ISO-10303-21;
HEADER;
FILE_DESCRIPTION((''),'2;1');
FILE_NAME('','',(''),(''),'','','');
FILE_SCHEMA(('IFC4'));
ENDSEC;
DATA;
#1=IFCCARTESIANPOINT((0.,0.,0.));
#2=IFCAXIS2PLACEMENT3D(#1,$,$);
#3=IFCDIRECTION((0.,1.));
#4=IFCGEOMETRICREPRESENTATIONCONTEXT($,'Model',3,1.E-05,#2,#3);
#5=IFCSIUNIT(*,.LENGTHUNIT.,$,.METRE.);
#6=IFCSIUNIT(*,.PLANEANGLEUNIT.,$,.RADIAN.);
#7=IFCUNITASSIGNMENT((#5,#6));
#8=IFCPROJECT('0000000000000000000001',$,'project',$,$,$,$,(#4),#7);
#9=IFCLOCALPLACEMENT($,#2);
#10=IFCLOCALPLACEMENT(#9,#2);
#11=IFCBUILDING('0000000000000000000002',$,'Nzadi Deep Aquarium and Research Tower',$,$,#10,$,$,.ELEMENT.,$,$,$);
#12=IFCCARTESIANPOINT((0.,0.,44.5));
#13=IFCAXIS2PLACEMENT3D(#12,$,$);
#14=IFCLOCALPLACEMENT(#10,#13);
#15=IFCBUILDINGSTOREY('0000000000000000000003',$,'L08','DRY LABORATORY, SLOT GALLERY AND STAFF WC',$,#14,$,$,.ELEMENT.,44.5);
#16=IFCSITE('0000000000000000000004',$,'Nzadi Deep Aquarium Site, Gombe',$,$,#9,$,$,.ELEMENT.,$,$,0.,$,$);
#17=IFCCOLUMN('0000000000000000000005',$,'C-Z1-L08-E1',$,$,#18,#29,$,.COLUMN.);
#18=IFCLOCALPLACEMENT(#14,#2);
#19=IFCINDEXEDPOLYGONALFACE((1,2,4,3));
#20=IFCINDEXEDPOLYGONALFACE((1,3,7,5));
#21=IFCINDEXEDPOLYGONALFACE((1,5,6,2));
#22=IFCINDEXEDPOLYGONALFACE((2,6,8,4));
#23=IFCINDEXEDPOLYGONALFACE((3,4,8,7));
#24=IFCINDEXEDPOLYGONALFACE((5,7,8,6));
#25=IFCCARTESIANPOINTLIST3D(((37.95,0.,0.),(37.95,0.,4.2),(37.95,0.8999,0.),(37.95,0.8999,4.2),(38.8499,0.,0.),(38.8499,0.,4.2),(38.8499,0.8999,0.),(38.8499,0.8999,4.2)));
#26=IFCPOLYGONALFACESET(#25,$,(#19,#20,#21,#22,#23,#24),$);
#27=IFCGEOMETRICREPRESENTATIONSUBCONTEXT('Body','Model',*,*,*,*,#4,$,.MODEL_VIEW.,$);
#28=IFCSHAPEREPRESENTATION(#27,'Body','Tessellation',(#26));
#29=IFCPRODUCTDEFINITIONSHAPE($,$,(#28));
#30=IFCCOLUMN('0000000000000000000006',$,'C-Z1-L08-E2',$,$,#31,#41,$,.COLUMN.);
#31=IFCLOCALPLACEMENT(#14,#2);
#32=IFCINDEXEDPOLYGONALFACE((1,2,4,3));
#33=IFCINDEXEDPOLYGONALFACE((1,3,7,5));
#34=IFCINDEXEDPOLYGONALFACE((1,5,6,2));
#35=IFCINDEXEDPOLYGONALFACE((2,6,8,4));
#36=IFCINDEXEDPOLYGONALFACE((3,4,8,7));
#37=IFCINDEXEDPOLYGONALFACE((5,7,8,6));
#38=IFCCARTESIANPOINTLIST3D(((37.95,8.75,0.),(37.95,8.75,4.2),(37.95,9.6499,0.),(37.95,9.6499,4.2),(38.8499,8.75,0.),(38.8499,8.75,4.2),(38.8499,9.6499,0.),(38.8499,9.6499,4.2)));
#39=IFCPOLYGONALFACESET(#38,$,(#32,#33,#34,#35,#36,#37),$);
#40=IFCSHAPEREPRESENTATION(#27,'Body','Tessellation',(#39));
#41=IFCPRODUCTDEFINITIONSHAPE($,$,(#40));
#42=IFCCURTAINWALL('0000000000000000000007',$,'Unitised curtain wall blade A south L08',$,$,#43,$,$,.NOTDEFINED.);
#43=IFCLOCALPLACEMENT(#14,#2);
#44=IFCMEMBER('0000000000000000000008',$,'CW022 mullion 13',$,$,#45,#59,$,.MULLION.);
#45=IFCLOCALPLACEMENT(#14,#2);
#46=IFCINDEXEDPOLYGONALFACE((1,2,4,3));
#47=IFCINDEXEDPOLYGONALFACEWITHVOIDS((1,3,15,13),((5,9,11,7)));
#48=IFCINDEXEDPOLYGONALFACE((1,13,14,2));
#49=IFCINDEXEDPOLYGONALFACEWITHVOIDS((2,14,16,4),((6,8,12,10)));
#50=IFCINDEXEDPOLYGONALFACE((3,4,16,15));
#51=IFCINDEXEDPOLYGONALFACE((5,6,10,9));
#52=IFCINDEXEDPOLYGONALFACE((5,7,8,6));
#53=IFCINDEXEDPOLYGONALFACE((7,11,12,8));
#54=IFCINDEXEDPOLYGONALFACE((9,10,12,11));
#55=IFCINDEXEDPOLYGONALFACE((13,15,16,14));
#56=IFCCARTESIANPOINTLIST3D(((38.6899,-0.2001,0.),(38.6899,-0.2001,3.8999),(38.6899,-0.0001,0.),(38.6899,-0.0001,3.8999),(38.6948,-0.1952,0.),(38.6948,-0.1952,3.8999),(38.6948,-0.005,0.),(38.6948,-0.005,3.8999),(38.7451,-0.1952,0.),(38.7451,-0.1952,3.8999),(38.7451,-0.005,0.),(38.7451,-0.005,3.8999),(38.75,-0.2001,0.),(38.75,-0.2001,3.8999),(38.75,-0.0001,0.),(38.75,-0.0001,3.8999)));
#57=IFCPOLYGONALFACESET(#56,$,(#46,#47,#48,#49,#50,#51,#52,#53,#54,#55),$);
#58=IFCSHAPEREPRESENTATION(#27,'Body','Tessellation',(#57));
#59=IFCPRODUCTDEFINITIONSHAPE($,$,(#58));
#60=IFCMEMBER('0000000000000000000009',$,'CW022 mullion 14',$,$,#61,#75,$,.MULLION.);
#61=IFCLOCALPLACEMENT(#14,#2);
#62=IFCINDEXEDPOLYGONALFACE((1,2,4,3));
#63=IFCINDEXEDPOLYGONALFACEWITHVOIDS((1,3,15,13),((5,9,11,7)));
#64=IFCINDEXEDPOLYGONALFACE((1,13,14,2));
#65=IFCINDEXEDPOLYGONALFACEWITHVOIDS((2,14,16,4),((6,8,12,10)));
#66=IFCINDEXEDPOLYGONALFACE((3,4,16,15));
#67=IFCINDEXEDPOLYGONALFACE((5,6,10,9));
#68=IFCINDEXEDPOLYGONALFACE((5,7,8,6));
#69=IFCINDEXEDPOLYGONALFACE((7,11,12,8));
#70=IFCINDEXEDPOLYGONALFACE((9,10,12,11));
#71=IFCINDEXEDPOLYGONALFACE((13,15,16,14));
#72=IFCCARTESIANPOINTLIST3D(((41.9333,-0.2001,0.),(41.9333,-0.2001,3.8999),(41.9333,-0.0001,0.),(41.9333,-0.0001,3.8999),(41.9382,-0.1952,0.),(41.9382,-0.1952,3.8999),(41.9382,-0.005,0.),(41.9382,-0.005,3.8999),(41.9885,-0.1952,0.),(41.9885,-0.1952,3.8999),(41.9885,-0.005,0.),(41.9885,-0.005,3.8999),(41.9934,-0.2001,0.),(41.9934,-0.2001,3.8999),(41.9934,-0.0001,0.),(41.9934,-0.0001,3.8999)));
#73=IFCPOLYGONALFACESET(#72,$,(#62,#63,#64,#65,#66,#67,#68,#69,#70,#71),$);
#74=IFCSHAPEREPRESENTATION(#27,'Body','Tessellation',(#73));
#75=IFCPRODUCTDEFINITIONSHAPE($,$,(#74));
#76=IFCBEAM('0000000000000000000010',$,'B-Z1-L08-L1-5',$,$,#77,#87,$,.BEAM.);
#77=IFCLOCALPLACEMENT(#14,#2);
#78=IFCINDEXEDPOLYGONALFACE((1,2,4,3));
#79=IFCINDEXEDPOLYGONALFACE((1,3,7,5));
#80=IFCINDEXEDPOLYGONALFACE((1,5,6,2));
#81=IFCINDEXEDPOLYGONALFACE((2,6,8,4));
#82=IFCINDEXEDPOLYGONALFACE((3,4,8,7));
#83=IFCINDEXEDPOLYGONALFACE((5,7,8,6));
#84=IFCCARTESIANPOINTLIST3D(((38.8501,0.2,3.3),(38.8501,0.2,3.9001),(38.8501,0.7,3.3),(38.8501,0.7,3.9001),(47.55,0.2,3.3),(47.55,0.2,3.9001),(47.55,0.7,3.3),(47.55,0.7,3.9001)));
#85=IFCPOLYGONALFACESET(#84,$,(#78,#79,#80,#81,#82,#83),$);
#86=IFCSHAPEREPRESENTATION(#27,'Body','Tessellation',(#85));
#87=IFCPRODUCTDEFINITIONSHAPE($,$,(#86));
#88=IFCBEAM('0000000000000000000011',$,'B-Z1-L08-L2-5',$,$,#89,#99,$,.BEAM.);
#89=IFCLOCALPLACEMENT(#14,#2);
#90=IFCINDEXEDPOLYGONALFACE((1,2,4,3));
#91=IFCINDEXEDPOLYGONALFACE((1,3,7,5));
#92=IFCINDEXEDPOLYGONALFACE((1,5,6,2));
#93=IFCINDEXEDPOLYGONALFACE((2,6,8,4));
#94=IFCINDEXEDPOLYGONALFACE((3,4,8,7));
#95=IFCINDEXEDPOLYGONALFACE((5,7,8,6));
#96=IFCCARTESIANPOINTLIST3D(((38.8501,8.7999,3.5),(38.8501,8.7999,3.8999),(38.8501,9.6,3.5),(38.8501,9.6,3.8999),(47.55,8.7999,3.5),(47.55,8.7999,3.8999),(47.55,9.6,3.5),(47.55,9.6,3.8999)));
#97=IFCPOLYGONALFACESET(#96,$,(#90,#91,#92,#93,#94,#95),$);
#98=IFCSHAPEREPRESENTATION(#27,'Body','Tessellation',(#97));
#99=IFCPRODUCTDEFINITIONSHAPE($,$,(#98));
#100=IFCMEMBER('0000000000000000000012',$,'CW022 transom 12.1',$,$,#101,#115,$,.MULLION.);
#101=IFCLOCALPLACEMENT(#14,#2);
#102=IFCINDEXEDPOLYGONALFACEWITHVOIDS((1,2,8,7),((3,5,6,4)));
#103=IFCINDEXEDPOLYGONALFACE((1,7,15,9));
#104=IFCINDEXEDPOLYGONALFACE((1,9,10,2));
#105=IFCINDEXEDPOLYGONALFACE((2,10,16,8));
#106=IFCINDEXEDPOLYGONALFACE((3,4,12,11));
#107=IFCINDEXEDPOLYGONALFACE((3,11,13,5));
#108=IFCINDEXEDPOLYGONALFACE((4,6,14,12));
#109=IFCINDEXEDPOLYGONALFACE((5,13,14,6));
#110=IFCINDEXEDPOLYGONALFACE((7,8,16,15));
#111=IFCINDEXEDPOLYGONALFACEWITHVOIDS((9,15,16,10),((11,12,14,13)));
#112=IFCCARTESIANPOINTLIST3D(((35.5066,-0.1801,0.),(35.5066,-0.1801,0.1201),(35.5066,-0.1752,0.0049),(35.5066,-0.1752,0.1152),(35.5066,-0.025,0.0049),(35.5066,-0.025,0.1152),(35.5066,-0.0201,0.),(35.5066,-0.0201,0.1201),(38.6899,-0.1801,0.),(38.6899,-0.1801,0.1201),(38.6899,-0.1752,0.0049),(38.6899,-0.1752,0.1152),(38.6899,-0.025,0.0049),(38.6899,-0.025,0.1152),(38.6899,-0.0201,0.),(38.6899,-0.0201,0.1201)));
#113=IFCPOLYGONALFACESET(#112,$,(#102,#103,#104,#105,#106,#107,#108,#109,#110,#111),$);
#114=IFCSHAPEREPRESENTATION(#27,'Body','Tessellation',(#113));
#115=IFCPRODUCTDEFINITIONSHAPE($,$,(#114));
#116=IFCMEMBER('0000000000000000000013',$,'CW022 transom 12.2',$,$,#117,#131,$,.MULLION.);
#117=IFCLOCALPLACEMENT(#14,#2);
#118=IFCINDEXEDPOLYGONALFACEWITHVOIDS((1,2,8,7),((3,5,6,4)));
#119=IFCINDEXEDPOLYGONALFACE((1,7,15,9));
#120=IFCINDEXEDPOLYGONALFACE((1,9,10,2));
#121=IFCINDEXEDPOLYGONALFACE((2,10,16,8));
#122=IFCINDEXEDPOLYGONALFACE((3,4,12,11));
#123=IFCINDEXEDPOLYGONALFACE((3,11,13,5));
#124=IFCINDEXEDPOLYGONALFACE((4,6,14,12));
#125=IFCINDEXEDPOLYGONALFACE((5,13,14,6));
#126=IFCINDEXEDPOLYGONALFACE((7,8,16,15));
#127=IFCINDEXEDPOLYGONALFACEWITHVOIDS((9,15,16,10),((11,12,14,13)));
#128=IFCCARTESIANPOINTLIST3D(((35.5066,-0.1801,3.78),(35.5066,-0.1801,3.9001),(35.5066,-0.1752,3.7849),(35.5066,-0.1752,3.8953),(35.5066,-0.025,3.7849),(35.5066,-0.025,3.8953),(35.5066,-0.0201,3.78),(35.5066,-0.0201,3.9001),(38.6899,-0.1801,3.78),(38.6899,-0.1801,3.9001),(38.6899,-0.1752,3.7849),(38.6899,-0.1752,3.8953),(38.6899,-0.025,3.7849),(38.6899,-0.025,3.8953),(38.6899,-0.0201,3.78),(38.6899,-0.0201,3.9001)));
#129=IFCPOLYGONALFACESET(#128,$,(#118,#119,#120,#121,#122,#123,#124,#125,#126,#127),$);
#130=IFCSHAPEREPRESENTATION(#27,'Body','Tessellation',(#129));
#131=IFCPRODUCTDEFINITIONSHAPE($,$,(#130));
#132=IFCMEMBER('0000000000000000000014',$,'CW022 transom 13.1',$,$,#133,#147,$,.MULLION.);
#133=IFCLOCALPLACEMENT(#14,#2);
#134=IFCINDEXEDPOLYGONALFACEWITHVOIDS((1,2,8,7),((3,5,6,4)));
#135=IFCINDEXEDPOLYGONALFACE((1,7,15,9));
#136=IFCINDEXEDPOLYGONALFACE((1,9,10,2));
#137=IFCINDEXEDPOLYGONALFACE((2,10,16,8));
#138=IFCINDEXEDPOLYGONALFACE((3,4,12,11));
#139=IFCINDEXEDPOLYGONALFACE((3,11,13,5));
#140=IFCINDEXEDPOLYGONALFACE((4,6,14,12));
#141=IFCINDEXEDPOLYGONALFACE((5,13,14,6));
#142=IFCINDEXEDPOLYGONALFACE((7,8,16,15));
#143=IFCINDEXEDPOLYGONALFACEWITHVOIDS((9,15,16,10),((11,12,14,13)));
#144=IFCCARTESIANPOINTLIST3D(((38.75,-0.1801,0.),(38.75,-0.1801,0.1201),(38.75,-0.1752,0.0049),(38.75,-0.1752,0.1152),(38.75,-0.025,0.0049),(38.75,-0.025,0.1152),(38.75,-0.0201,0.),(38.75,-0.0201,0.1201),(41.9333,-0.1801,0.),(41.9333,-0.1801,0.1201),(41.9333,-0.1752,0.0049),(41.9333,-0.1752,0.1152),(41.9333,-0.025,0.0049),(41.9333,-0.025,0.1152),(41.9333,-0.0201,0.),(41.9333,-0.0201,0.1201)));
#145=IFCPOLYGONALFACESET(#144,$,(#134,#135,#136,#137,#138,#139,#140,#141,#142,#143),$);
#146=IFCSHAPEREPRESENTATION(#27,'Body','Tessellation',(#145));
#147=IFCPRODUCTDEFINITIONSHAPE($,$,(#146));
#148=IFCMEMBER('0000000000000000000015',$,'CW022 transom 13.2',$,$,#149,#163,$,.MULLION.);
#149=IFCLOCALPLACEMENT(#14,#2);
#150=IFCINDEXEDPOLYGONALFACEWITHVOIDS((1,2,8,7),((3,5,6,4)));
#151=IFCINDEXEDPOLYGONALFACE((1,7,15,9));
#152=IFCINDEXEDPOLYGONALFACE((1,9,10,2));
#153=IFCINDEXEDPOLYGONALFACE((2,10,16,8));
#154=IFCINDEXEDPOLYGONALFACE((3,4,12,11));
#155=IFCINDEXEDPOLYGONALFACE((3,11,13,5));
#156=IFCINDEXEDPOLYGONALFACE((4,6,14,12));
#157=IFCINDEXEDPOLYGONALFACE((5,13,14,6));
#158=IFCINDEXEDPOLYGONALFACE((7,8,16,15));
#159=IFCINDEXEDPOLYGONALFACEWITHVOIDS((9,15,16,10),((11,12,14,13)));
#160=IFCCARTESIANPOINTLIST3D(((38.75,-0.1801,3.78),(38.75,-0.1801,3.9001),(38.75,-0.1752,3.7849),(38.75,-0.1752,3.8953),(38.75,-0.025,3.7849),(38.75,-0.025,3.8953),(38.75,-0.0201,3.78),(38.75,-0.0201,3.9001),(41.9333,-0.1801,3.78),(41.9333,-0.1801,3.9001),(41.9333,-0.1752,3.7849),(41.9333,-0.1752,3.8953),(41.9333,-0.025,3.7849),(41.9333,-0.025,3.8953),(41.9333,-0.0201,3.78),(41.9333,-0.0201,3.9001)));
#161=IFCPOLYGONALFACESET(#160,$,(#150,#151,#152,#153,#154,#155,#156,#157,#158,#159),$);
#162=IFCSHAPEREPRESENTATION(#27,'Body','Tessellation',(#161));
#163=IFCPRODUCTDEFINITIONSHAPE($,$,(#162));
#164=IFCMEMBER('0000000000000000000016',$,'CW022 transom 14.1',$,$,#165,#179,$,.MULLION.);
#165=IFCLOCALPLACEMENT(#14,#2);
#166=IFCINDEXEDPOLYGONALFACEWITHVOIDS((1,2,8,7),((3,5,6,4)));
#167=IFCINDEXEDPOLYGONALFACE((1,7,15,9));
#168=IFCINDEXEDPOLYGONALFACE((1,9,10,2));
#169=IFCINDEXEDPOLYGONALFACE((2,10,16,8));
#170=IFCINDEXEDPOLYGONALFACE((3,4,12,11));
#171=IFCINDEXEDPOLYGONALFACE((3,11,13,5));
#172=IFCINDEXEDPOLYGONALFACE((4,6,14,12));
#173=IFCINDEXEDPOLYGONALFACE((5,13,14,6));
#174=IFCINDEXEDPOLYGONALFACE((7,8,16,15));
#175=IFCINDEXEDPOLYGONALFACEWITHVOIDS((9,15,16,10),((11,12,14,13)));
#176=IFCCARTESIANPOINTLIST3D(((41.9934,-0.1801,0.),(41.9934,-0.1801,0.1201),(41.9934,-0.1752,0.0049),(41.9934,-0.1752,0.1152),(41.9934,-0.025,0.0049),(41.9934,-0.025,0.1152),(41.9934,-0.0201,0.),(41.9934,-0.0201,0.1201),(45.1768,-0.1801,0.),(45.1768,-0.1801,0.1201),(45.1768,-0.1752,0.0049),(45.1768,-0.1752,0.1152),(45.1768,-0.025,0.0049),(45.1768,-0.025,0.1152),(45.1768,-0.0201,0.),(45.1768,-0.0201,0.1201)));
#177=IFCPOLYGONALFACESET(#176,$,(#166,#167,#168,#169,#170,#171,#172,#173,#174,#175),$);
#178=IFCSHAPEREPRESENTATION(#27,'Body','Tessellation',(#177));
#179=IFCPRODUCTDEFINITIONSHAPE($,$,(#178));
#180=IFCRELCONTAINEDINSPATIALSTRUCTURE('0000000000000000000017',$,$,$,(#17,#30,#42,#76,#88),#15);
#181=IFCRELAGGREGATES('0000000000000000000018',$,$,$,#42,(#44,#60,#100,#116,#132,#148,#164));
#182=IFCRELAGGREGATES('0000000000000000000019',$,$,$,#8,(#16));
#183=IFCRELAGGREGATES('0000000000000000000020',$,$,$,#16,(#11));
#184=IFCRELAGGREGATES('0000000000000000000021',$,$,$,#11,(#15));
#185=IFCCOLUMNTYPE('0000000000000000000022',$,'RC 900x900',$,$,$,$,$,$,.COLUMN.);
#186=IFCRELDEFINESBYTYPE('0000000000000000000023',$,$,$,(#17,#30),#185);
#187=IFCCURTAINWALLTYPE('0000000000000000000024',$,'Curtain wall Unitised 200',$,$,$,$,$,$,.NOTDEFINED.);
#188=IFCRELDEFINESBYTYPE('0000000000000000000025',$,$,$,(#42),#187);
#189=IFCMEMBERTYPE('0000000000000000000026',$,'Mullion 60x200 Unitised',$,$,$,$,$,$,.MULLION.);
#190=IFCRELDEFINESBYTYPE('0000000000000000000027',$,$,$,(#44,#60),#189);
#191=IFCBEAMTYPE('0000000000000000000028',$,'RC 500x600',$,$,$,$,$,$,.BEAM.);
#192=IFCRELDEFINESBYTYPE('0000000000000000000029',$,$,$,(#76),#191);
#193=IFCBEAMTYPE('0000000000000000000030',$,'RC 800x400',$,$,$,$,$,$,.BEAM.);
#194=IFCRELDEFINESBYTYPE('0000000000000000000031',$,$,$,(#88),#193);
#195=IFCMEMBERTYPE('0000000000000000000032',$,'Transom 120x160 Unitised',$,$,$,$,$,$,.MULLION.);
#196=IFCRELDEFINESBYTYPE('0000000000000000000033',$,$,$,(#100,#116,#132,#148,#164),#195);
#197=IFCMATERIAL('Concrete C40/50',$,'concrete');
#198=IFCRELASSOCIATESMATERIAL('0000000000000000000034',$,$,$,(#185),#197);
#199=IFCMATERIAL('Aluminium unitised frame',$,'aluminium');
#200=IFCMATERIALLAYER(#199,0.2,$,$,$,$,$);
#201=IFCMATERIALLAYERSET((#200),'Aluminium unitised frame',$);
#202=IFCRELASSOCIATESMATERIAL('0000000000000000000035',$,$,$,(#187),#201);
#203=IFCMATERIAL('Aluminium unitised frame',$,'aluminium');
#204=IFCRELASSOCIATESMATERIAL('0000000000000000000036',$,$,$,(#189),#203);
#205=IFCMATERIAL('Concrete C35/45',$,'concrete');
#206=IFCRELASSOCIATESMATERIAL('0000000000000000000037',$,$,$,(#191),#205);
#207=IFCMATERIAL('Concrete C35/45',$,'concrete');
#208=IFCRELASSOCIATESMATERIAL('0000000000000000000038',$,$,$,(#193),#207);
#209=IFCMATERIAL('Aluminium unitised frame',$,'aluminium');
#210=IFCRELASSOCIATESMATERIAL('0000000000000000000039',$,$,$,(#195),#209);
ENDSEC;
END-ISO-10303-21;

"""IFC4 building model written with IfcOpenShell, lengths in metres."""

from ifc_helpers import new_model, si_unit, direction, frame, origin, origin_2d, place, context, subcontext, project, spatial, rectangle, hollow_rectangle, extrude, material, layer, layer_set, material_profile, profile_set, type_object, element, aggregate, save


model = new_model("IFC4")

# Units and contexts
model_context = context("Model", 3, precision=1e-05, world=origin(), true_north=direction((0.0, 1.0)))
body_context = subcontext(model_context, "Body", "Model", "MODEL_VIEW")
ifc_project = project(units=[si_unit("LENGTHUNIT", "METRE"), si_unit("PLANEANGLEUNIT", "RADIAN")], contexts=[model_context])

# Site, building, storey
site_placement = place(None, origin())
site = spatial("IfcSite", under=ifc_project, at=site_placement, Name="Nzadi Deep Aquarium Site, Gombe", CompositionType="ELEMENT", RefElevation=0.0)
building_placement = place(site_placement, origin())
building = spatial("IfcBuilding", under=site, at=building_placement, Name="Nzadi Deep Aquarium and Research Tower", CompositionType="ELEMENT")
storey_placement = place(building_placement, frame((0.0, 0.0, 44.5)))
storey = spatial("IfcBuildingStorey", under=building, at=storey_placement, Name="L08", Description="DRY LABORATORY, SLOT GALLERY AND STAFF WC", CompositionType="ELEMENT", Elevation=44.5)

# Columns
ifc_material_1 = material(Name="Concrete C40/50", Category="concrete")
ifc_material_profile_1 = material_profile(ifc_material_1, rectangle(XDim=0.8999, YDim=0.8999, at=origin_2d()))
ifc_profile_set_1 = profile_set([ifc_material_profile_1], Name="Concrete C40/50")
column_type = type_object("IfcColumnType", Name="RC 900x900", PredefinedType="COLUMN", material=ifc_profile_set_1)
for number, where, z_axis, x_axis, name in (
    (1, (38.3999, 0.45, 0.0), (0.0, 0.0, 1.0), (1.0, 0.0, 0.0), "C-Z1-L08-E1"),
    (2, (38.3999, 9.2, 0.0), (0.0, 0.0, 1.0), (1.0, 0.0, 0.0), "C-Z1-L08-E2"),
):
    element("IfcColumn", number, at=place(storey_placement, frame(where, z_axis=z_axis, x_axis=x_axis)), inside=storey, type_object=column_type, Name=name, PredefinedType="COLUMN", context=body_context, shape_type="SweptSolid", body=[
        extrude(rectangle(XDim=0.8999, YDim=0.8999, at=origin_2d()), origin(), (0.0, 0.0, 1.0), 4.2),
    ])

# Curtain wall, members
ifc_material_2 = material(Name="Aluminium unitised frame", Category="aluminium")
ifc_layer_1 = layer(ifc_material_2, 0.2)
ifc_layer_set_1 = layer_set([ifc_layer_1], Name="Aluminium unitised frame")
curtain_wall_type = type_object("IfcCurtainWallType", Name="Curtain wall Unitised 200", PredefinedType="NOTDEFINED", material=ifc_layer_set_1)
curtain_wall_placement = place(storey_placement, origin())
curtain_wall = element("IfcCurtainWall", 3, at=curtain_wall_placement, inside=storey, type_object=curtain_wall_type, Name="Unitised curtain wall blade A south L08", PredefinedType="NOTDEFINED")
ifc_material_3 = material(Name="Aluminium unitised frame", Category="aluminium")
ifc_material_profile_2 = material_profile(ifc_material_3, hollow_rectangle(XDim=0.2, YDim=0.0601, WallThickness=0.0049, at=origin_2d()))
ifc_profile_set_2 = profile_set([ifc_material_profile_2], Name="Aluminium unitised frame")
member_type_1 = type_object("IfcMemberType", Name="Mullion 60x200 Unitised", PredefinedType="MULLION", material=ifc_profile_set_2)
member_1_placement = place(storey_placement, frame((38.72, -0.1001, 0.0), z_axis=(0.0, 0.0, 1.0), x_axis=(0.0, 1.0, 0.0)))
member_1 = element("IfcMember", 4, at=member_1_placement, type_object=member_type_1, Name="CW022 mullion 13", PredefinedType="MULLION", context=body_context, shape_type="SweptSolid", body=[
    extrude(hollow_rectangle(XDim=0.2, YDim=0.0601, WallThickness=0.0049, at=origin_2d()), origin(), (0.0, 0.0, 1.0), 3.8999),
])
member_2_placement = place(storey_placement, frame((41.9634, -0.1001, 0.0), z_axis=(0.0, 0.0, 1.0), x_axis=(0.0, 1.0, 0.0)))
member_2 = element("IfcMember", 5, at=member_2_placement, type_object=member_type_1, Name="CW022 mullion 14", PredefinedType="MULLION", context=body_context, shape_type="SweptSolid", body=[
    extrude(hollow_rectangle(XDim=0.2, YDim=0.0601, WallThickness=0.0049, at=origin_2d()), origin(), (0.0, 0.0, 1.0), 3.8999),
])

# Beams
ifc_material_4 = material(Name="Concrete C35/45", Category="concrete")
ifc_material_profile_3 = material_profile(ifc_material_4, rectangle(XDim=0.5, YDim=0.6001, at=origin_2d()))
ifc_profile_set_3 = profile_set([ifc_material_profile_3], Name="Concrete C35/45")
beam_type_1 = type_object("IfcBeamType", Name="RC 500x600", PredefinedType="BEAM", material=ifc_profile_set_3)
beam_1_placement = place(storey_placement, frame((38.8501, 0.45, 3.6001), z_axis=(1.0, 0.0, 0.0), x_axis=(0.0, 1.0, 0.0)))
element("IfcBeam", 6, at=beam_1_placement, inside=storey, type_object=beam_type_1, Name="B-Z1-L08-L1-5", PredefinedType="BEAM", context=body_context, shape_type="SweptSolid", body=[
    extrude(rectangle(XDim=0.5, YDim=0.6001, at=origin_2d()), origin(), (0.0, 0.0, 1.0), 8.7),
])
ifc_material_5 = material(Name="Concrete C35/45", Category="concrete")
ifc_material_profile_4 = material_profile(ifc_material_5, rectangle(XDim=0.8, YDim=0.3999, at=origin_2d()))
ifc_profile_set_4 = profile_set([ifc_material_profile_4], Name="Concrete C35/45")
beam_type_2 = type_object("IfcBeamType", Name="RC 800x400", PredefinedType="BEAM", material=ifc_profile_set_4)
beam_2_placement = place(storey_placement, frame((38.8501, 9.2, 3.7), z_axis=(1.0, 0.0, 0.0), x_axis=(0.0, 1.0, 0.0)))
element("IfcBeam", 7, at=beam_2_placement, inside=storey, type_object=beam_type_2, Name="B-Z1-L08-L2-5", PredefinedType="BEAM", context=body_context, shape_type="SweptSolid", body=[
    extrude(rectangle(XDim=0.8, YDim=0.3999, at=origin_2d()), origin(), (0.0, 0.0, 1.0), 8.7),
])

# Members
ifc_material_6 = material(Name="Aluminium unitised frame", Category="aluminium")
ifc_material_profile_5 = material_profile(ifc_material_6, hollow_rectangle(XDim=0.1599, YDim=0.1201, WallThickness=0.0049, at=origin_2d()))
ifc_profile_set_5 = profile_set([ifc_material_profile_5], Name="Aluminium unitised frame")
member_type_2 = type_object("IfcMemberType", Name="Transom 120x160 Unitised", PredefinedType="MULLION", material=ifc_profile_set_5)
member_3_placement = place(storey_placement, frame((35.5066, -0.1001, 0.0601), z_axis=(1.0, 0.0, 0.0), x_axis=(0.0, 1.0, 0.0)))
member_3 = element("IfcMember", 8, at=member_3_placement, type_object=member_type_2, Name="CW022 transom 12.1", PredefinedType="MULLION", context=body_context, shape_type="SweptSolid", body=[
    extrude(hollow_rectangle(XDim=0.1599, YDim=0.1201, WallThickness=0.0049, at=origin_2d()), origin(), (0.0, 0.0, 1.0), 3.1833),
])
member_4_placement = place(storey_placement, frame((35.5066, -0.1001, 3.8401), z_axis=(1.0, 0.0, 0.0), x_axis=(0.0, 1.0, 0.0)))
member_4 = element("IfcMember", 9, at=member_4_placement, type_object=member_type_2, Name="CW022 transom 12.2", PredefinedType="MULLION", context=body_context, shape_type="SweptSolid", body=[
    extrude(hollow_rectangle(XDim=0.1599, YDim=0.1201, WallThickness=0.0049, at=origin_2d()), origin(), (0.0, 0.0, 1.0), 3.1833),
])
member_5_placement = place(storey_placement, frame((38.75, -0.1001, 0.0601), z_axis=(1.0, 0.0, 0.0), x_axis=(0.0, 1.0, 0.0)))
member_5 = element("IfcMember", 10, at=member_5_placement, type_object=member_type_2, Name="CW022 transom 13.1", PredefinedType="MULLION", context=body_context, shape_type="SweptSolid", body=[
    extrude(hollow_rectangle(XDim=0.1599, YDim=0.1201, WallThickness=0.0049, at=origin_2d()), origin(), (0.0, 0.0, 1.0), 3.1833),
])
member_6_placement = place(storey_placement, frame((38.75, -0.1001, 3.8401), z_axis=(1.0, 0.0, 0.0), x_axis=(0.0, 1.0, 0.0)))
member_6 = element("IfcMember", 11, at=member_6_placement, type_object=member_type_2, Name="CW022 transom 13.2", PredefinedType="MULLION", context=body_context, shape_type="SweptSolid", body=[
    extrude(hollow_rectangle(XDim=0.1599, YDim=0.1201, WallThickness=0.0049, at=origin_2d()), origin(), (0.0, 0.0, 1.0), 3.1833),
])
member_7_placement = place(storey_placement, frame((41.9934, -0.1001, 0.0601), z_axis=(1.0, 0.0, 0.0), x_axis=(0.0, 1.0, 0.0)))
member_7 = element("IfcMember", 12, at=member_7_placement, type_object=member_type_2, Name="CW022 transom 14.1", PredefinedType="MULLION", context=body_context, shape_type="SweptSolid", body=[
    extrude(hollow_rectangle(XDim=0.1599, YDim=0.1201, WallThickness=0.0049, at=origin_2d()), origin(), (0.0, 0.0, 1.0), 3.1833),
])

aggregate(curtain_wall, [member_1, member_2, member_3, member_4, member_5, member_6, member_7])

save(model, "model.ifc")
